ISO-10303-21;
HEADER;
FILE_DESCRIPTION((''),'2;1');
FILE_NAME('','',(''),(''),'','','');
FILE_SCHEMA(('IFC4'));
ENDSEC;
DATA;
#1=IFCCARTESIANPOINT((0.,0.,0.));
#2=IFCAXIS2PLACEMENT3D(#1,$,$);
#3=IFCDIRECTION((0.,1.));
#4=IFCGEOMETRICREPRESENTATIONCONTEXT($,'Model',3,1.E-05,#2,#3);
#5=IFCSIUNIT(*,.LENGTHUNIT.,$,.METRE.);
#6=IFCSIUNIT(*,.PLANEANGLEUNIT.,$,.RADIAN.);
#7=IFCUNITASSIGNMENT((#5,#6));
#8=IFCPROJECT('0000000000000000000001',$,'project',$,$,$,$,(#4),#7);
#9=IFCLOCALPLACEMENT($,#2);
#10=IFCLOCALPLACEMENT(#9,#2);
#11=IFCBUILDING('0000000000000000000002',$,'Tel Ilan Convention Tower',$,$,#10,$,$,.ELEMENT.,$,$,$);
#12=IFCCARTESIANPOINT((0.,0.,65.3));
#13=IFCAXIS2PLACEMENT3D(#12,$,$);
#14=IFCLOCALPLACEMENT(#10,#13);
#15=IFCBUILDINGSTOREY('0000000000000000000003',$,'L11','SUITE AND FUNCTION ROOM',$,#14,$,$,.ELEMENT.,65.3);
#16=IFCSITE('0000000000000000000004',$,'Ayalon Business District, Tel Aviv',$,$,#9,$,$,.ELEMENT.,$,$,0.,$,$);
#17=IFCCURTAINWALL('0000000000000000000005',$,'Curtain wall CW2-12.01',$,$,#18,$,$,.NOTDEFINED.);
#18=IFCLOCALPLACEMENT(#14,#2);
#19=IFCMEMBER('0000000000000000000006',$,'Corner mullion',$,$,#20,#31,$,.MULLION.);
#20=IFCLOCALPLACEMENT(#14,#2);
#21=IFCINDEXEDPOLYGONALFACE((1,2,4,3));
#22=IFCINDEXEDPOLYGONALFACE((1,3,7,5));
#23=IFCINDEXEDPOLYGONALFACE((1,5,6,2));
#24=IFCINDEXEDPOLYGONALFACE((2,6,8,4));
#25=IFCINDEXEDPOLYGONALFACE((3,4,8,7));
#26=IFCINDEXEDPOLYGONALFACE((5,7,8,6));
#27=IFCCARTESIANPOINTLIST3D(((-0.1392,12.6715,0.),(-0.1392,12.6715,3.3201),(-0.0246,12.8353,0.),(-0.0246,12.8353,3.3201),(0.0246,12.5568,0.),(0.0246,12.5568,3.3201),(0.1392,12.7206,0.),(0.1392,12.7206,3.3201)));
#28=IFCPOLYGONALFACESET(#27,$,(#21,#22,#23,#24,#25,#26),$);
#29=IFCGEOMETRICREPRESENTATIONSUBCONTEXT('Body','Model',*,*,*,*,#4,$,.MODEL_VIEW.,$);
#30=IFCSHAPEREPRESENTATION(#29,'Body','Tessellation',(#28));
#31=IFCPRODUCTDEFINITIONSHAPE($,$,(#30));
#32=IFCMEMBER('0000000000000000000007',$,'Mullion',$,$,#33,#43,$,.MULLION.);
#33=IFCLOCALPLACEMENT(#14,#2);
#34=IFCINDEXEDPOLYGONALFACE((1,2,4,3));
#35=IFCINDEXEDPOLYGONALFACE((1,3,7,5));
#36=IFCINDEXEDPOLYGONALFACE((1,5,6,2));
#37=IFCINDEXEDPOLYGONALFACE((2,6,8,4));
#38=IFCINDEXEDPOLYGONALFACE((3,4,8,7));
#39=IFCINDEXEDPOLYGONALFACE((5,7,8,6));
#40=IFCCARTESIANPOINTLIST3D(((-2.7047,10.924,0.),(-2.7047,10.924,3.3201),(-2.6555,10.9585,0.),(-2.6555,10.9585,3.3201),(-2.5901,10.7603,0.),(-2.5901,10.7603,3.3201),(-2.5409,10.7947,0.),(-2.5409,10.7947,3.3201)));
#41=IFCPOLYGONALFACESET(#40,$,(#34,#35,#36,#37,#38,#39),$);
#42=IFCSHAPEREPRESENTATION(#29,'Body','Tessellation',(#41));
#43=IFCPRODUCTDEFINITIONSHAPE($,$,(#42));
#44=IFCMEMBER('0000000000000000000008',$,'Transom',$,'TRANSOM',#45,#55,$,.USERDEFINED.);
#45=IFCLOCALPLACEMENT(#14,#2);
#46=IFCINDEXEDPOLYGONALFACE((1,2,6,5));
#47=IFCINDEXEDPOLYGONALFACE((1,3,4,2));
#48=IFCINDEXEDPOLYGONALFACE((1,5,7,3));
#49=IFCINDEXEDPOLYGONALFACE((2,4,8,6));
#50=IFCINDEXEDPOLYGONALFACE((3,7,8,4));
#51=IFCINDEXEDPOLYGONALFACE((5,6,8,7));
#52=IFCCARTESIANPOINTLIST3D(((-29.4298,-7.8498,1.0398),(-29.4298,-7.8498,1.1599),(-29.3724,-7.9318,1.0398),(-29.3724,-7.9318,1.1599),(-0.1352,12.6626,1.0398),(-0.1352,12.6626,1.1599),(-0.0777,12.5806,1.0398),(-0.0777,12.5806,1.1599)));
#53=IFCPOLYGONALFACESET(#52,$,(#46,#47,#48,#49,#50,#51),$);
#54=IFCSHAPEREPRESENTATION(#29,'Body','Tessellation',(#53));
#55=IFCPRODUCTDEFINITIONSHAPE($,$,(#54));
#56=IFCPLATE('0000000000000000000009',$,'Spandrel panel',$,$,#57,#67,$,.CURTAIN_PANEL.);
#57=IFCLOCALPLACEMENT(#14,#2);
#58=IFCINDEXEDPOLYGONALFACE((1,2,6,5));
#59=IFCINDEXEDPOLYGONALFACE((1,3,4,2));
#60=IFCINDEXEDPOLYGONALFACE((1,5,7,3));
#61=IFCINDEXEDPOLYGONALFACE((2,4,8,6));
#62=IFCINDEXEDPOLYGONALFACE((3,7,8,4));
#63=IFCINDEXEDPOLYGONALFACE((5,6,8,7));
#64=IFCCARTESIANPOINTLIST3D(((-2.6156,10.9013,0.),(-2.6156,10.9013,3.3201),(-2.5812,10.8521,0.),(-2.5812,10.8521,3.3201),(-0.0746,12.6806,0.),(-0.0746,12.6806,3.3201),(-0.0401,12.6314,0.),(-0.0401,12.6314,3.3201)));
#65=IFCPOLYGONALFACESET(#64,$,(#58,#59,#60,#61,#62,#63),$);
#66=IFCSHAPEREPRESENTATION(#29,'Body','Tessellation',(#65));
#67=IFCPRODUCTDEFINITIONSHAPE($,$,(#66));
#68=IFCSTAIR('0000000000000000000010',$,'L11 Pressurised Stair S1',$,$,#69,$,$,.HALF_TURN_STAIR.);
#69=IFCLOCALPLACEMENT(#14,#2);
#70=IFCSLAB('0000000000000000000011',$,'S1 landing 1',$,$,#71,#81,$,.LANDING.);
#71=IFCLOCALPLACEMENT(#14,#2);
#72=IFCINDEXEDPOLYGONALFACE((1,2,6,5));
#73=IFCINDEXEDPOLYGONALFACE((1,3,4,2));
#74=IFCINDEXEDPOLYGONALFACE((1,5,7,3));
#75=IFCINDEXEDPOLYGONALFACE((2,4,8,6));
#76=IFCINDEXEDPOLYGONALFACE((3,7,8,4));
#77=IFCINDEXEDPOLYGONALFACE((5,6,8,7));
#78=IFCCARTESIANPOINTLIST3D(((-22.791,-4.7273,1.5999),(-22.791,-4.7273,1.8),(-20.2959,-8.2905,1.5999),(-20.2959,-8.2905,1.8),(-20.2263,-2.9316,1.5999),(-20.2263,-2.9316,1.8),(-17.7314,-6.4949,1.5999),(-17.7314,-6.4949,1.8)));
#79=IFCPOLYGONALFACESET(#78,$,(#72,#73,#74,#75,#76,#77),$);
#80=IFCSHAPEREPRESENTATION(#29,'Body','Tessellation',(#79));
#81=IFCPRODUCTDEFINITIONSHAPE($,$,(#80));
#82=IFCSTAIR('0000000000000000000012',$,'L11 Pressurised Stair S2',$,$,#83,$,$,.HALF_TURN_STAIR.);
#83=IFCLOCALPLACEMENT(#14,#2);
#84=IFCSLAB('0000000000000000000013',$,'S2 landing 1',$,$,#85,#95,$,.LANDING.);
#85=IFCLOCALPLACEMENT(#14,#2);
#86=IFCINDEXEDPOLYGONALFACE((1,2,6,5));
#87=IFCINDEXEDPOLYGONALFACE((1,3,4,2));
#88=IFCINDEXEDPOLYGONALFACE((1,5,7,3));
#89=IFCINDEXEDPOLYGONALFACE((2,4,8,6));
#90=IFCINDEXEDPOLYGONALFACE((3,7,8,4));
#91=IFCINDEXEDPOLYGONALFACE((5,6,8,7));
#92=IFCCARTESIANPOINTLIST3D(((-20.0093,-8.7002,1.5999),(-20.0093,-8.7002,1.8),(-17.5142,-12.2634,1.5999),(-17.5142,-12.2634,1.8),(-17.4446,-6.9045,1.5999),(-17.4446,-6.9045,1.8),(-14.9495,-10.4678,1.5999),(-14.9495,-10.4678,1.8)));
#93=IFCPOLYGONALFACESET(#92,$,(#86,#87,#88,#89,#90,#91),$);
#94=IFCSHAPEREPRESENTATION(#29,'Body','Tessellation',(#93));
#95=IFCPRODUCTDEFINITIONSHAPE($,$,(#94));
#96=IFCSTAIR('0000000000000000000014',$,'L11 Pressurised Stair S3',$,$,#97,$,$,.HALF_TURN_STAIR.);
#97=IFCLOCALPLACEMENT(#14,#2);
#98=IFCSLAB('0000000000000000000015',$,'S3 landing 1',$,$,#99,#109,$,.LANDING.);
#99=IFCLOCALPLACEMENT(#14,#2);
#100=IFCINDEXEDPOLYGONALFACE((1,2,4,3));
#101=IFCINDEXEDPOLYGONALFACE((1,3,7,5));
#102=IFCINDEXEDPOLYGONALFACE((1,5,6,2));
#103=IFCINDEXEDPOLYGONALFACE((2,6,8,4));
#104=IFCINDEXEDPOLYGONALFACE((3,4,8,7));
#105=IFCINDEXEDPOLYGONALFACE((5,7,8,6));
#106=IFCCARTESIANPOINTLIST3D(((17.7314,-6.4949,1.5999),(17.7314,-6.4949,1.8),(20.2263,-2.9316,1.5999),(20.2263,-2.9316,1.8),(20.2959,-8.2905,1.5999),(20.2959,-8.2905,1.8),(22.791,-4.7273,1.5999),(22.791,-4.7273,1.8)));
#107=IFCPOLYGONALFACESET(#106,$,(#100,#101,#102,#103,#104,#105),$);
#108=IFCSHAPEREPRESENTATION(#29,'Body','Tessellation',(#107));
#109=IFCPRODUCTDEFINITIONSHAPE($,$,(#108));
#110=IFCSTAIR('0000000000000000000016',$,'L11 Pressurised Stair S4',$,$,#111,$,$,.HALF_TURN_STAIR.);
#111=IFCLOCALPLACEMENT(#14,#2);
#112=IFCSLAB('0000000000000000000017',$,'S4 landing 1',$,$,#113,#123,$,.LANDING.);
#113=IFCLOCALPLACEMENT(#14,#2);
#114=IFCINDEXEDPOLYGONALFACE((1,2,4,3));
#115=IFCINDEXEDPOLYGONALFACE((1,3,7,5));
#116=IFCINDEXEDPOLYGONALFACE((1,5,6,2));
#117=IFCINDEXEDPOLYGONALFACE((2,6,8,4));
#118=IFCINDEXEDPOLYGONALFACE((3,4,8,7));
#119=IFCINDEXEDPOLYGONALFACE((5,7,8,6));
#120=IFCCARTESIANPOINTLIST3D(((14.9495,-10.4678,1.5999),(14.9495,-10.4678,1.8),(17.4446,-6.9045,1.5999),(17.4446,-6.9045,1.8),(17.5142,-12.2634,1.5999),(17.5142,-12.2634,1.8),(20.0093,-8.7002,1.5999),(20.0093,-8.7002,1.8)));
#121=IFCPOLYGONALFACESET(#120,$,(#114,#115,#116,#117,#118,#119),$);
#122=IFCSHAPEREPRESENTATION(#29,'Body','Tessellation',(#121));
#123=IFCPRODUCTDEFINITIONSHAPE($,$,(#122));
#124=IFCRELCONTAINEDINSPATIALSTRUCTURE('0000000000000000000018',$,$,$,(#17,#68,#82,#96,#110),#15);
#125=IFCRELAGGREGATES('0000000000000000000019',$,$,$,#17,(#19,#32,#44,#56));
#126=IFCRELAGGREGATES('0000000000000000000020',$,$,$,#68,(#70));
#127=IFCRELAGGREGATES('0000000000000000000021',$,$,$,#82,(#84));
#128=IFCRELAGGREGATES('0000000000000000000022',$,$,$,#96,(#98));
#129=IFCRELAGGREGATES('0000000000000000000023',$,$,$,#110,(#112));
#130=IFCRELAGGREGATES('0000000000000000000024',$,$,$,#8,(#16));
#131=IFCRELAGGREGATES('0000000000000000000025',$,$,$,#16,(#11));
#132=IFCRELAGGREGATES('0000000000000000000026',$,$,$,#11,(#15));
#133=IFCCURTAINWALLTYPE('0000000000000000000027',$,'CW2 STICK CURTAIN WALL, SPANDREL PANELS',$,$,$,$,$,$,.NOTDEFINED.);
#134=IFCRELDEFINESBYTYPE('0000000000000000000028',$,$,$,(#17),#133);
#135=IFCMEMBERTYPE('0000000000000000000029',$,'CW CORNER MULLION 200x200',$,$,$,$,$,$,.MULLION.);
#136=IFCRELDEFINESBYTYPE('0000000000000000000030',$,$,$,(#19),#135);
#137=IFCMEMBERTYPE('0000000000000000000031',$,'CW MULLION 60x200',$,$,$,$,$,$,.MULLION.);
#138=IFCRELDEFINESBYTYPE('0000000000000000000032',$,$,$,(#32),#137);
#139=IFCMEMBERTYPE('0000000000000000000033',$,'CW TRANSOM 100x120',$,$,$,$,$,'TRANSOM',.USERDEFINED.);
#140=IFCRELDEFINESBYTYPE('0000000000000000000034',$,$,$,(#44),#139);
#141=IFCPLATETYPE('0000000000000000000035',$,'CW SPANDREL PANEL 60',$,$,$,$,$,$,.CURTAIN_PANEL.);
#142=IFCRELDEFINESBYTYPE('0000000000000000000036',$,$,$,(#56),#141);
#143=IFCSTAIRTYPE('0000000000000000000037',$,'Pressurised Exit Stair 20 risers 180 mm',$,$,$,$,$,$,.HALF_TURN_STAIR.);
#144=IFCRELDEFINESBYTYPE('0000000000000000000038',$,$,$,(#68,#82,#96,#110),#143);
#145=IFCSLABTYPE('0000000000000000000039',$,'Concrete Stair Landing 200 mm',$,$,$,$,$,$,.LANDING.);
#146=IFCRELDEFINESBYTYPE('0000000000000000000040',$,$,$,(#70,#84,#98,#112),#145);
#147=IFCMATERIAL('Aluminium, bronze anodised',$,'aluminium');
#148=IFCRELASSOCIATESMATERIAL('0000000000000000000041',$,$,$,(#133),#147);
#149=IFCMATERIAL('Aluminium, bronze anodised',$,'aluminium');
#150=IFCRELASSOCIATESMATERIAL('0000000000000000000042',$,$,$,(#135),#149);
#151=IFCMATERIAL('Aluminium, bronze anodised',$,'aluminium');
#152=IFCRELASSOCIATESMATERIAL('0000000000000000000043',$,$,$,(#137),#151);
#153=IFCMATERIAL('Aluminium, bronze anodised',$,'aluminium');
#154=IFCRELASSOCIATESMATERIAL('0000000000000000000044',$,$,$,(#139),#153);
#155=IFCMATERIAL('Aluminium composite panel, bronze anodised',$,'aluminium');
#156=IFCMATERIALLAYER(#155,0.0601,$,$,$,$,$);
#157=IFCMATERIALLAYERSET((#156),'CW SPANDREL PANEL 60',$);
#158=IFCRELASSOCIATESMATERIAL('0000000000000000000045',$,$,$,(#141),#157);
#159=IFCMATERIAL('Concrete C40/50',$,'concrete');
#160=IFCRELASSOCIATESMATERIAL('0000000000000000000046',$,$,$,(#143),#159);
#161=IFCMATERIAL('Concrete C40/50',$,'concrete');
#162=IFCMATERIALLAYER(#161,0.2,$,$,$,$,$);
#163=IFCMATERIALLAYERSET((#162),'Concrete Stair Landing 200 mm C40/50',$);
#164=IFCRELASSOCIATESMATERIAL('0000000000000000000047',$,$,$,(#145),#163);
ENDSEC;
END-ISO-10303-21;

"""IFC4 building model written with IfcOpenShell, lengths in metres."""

from ifc_helpers import new_model, si_unit, direction, frame, origin, origin_2d, place, context, subcontext, project, spatial, polyline, rectangle, outline, extrude, material, layer, layer_set, material_profile, profile_set, type_object, element, aggregate, save


model = new_model("IFC4")

# Units and contexts
model_context = context("Model", 3, precision=1e-05, world=origin(), true_north=direction((0.0, 1.0)))
body_context = subcontext(model_context, "Body", "Model", "MODEL_VIEW")
ifc_project = project(units=[si_unit("LENGTHUNIT", "METRE"), si_unit("PLANEANGLEUNIT", "RADIAN")], contexts=[model_context])

# Site, building, storey
site_placement = place(None, origin())
site = spatial("IfcSite", under=ifc_project, at=site_placement, Name="Ayalon Business District, Tel Aviv", CompositionType="ELEMENT", RefElevation=0.0)
building_placement = place(site_placement, origin())
building = spatial("IfcBuilding", under=site, at=building_placement, Name="Tel Ilan Convention Tower", CompositionType="ELEMENT")
storey_placement = place(building_placement, frame((0.0, 0.0, 65.3)))
storey = spatial("IfcBuildingStorey", under=building, at=storey_placement, Name="L11", Description="SUITE AND FUNCTION ROOM", CompositionType="ELEMENT", Elevation=65.3)

# Curtain wall, members, plate
ifc_material_1 = material(Name="Aluminium, bronze anodised", Category="aluminium")
curtain_wall_type = type_object("IfcCurtainWallType", Name="CW2 STICK CURTAIN WALL, SPANDREL PANELS", PredefinedType="NOTDEFINED", material=ifc_material_1)
curtain_wall_placement = place(storey_placement, origin())
curtain_wall = element("IfcCurtainWall", 1, at=curtain_wall_placement, inside=storey, type_object=curtain_wall_type, Name="Curtain wall CW2-12.01", PredefinedType="NOTDEFINED")
ifc_material_2 = material(Name="Aluminium, bronze anodised", Category="aluminium")
ifc_material_profile_1 = material_profile(ifc_material_2, rectangle(XDim=0.2, YDim=0.2, at=origin_2d()), Name="CW CORNER MULLION 200x200")
ifc_profile_set_1 = profile_set([ifc_material_profile_1], Name="Aluminium, bronze anodised")
member_type_1 = type_object("IfcMemberType", Name="CW CORNER MULLION 200x200", PredefinedType="MULLION", material=ifc_profile_set_1)
member_1_placement = place(storey_placement, frame((0.0, 12.696, 0.0), z_axis=(0.0, 0.0, 1.0), x_axis=(-0.819152, 0.573576, 0.0)))
member_1 = element("IfcMember", 2, at=member_1_placement, type_object=member_type_1, Name="Corner mullion", PredefinedType="MULLION", context=body_context, shape_type="SweptSolid", body=[
    extrude(rectangle(XDim=0.2, YDim=0.2, at=origin_2d()), origin(), (0.0, 0.0, 1.0), 3.3201),
])
ifc_material_3 = material(Name="Aluminium, bronze anodised", Category="aluminium")
ifc_material_profile_2 = material_profile(ifc_material_3, rectangle(XDim=0.0601, YDim=0.2, at=origin_2d()), Name="CW MULLION 60x200")
ifc_profile_set_2 = profile_set([ifc_material_profile_2], Name="Aluminium, bronze anodised")
member_type_2 = type_object("IfcMemberType", Name="CW MULLION 60x200", PredefinedType="MULLION", material=ifc_profile_set_2)
member_2_placement = place(storey_placement, frame((-2.6228, 10.8594, 0.0), z_axis=(0.0, 0.0, 1.0), x_axis=(-0.819152, -0.573576, 0.0)))
member_2 = element("IfcMember", 3, at=member_2_placement, type_object=member_type_2, Name="Mullion", PredefinedType="MULLION", context=body_context, shape_type="SweptSolid", body=[
    extrude(rectangle(XDim=0.0601, YDim=0.2, at=origin_2d()), origin(), (0.0, 0.0, 1.0), 3.3201),
])
ifc_material_4 = material(Name="Aluminium, bronze anodised", Category="aluminium")
ifc_material_profile_3 = material_profile(ifc_material_4, rectangle(XDim=0.1001, YDim=0.1201, at=origin_2d()), Name="CW TRANSOM 100x120")
ifc_profile_set_3 = profile_set([ifc_material_profile_3], Name="Aluminium, bronze anodised")
member_type_3 = type_object("IfcMemberType", Name="CW TRANSOM 100x120", ElementType="TRANSOM", PredefinedType="USERDEFINED", material=ifc_profile_set_3)
member_3_placement = place(storey_placement, frame((-0.1064, 12.6216, 1.0999), z_axis=(-0.819151, -0.573578, 0.0), x_axis=(0.573578, -0.819151, 0.0)))
member_3 = element("IfcMember", 4, at=member_3_placement, type_object=member_type_3, Name="Transom", ObjectType="TRANSOM", PredefinedType="USERDEFINED", context=body_context, shape_type="SweptSolid", body=[
    extrude(rectangle(XDim=0.1001, YDim=0.1201, at=origin_2d()), origin(), (0.0, 0.0, 1.0), 35.7622),
])
ifc_material_5 = material(Name="Aluminium composite panel, bronze anodised", Category="aluminium")
ifc_layer_1 = layer(ifc_material_5, 0.0601)
ifc_layer_set_1 = layer_set([ifc_layer_1], Name="CW SPANDREL PANEL 60")
plate_type = type_object("IfcPlateType", Name="CW SPANDREL PANEL 60", PredefinedType="CURTAIN_PANEL", material=ifc_layer_set_1)
plate_placement = place(storey_placement, frame((-1.3279, 11.7664, 0.0), z_axis=(0.0, 0.0, 1.0), x_axis=(-0.819152, -0.573576, 0.0)))
plate = element("IfcPlate", 5, at=plate_placement, type_object=plate_type, Name="Spandrel panel", PredefinedType="CURTAIN_PANEL", context=body_context, shape_type="SweptSolid", body=[
    extrude(rectangle(XDim=3.1021, YDim=0.0601, at=origin_2d()), origin(), (0.0, 0.0, 1.0), 3.3201),
])
aggregate(curtain_wall, [member_1, member_2, member_3, plate])

# Stairs, slabs
ifc_material_6 = material(Name="Concrete C40/50", Category="concrete")
stair_type = type_object("IfcStairType", Name="Pressurised Exit Stair 20 risers 180 mm", PredefinedType="HALF_TURN_STAIR", material=ifc_material_6)
stair_1_placement = place(storey_placement, origin())
stair_1 = element("IfcStair", 6, at=stair_1_placement, inside=storey, type_object=stair_type, Name="L11 Pressurised Stair S1", PredefinedType="HALF_TURN_STAIR")
ifc_material_7 = material(Name="Concrete C40/50", Category="concrete")
ifc_layer_2 = layer(ifc_material_7, 0.2)
ifc_layer_set_2 = layer_set([ifc_layer_2], Name="Concrete Stair Landing 200 mm C40/50")
slab_type_1 = type_object("IfcSlabType", Name="Concrete Stair Landing 200 mm", PredefinedType="LANDING", material=ifc_layer_set_2)
slab_1_placement = place(storey_placement, frame((0.0, 0.0, 1.5999)))
slab_1 = element("IfcSlab", 7, at=slab_1_placement, type_object=slab_type_1, Name="S1 landing 1", PredefinedType="LANDING", context=body_context, shape_type="SweptSolid", body=[
    extrude(outline(polyline([(-20.2959, -8.2905), (-17.7314, -6.4949), (-20.2263, -2.9316), (-22.791, -4.7273), (-20.2959, -8.2905)])), origin(), (0.0, 0.0, 1.0), 0.2002),
])
aggregate(stair_1, [slab_1])
stair_2_placement = place(storey_placement, origin())
stair_2 = element("IfcStair", 8, at=stair_2_placement, inside=storey, type_object=stair_type, Name="L11 Pressurised Stair S2", PredefinedType="HALF_TURN_STAIR")
slab_2_placement = place(storey_placement, frame((0.0, 0.0, 1.5999)))
slab_2 = element("IfcSlab", 9, at=slab_2_placement, type_object=slab_type_1, Name="S2 landing 1", PredefinedType="LANDING", context=body_context, shape_type="SweptSolid", body=[
    extrude(outline(polyline([(-17.5142, -12.2634), (-14.9495, -10.4678), (-17.4446, -6.9045), (-20.0093, -8.7002), (-17.5142, -12.2634)])), origin(), (0.0, 0.0, 1.0), 0.2002),
])
aggregate(stair_2, [slab_2])
stair_3_placement = place(storey_placement, origin())
stair_3 = element("IfcStair", 10, at=stair_3_placement, inside=storey, type_object=stair_type, Name="L11 Pressurised Stair S3", PredefinedType="HALF_TURN_STAIR")
slab_3_placement = place(storey_placement, frame((0.0, 0.0, 1.5999)))
slab_3 = element("IfcSlab", 11, at=slab_3_placement, type_object=slab_type_1, Name="S3 landing 1", PredefinedType="LANDING", context=body_context, shape_type="SweptSolid", body=[
    extrude(outline(polyline([(22.791, -4.7273), (20.2263, -2.9316), (17.7314, -6.4949), (20.2959, -8.2905), (22.791, -4.7273)])), origin(), (0.0, 0.0, 1.0), 0.2002),
])
aggregate(stair_3, [slab_3])
stair_4_placement = place(storey_placement, origin())
stair_4 = element("IfcStair", 12, at=stair_4_placement, inside=storey, type_object=stair_type, Name="L11 Pressurised Stair S4", PredefinedType="HALF_TURN_STAIR")
slab_4_placement = place(storey_placement, frame((0.0, 0.0, 1.5999)))
slab_4 = element("IfcSlab", 13, at=slab_4_placement, type_object=slab_type_1, Name="S4 landing 1", PredefinedType="LANDING", context=body_context, shape_type="SweptSolid", body=[
    extrude(outline(polyline([(20.0093, -8.7002), (17.4446, -6.9045), (14.9495, -10.4678), (17.5142, -12.2634), (20.0093, -8.7002)])), origin(), (0.0, 0.0, 1.0), 0.2002),
])
aggregate(stair_4, [slab_4])

save(model, "model.ifc")
